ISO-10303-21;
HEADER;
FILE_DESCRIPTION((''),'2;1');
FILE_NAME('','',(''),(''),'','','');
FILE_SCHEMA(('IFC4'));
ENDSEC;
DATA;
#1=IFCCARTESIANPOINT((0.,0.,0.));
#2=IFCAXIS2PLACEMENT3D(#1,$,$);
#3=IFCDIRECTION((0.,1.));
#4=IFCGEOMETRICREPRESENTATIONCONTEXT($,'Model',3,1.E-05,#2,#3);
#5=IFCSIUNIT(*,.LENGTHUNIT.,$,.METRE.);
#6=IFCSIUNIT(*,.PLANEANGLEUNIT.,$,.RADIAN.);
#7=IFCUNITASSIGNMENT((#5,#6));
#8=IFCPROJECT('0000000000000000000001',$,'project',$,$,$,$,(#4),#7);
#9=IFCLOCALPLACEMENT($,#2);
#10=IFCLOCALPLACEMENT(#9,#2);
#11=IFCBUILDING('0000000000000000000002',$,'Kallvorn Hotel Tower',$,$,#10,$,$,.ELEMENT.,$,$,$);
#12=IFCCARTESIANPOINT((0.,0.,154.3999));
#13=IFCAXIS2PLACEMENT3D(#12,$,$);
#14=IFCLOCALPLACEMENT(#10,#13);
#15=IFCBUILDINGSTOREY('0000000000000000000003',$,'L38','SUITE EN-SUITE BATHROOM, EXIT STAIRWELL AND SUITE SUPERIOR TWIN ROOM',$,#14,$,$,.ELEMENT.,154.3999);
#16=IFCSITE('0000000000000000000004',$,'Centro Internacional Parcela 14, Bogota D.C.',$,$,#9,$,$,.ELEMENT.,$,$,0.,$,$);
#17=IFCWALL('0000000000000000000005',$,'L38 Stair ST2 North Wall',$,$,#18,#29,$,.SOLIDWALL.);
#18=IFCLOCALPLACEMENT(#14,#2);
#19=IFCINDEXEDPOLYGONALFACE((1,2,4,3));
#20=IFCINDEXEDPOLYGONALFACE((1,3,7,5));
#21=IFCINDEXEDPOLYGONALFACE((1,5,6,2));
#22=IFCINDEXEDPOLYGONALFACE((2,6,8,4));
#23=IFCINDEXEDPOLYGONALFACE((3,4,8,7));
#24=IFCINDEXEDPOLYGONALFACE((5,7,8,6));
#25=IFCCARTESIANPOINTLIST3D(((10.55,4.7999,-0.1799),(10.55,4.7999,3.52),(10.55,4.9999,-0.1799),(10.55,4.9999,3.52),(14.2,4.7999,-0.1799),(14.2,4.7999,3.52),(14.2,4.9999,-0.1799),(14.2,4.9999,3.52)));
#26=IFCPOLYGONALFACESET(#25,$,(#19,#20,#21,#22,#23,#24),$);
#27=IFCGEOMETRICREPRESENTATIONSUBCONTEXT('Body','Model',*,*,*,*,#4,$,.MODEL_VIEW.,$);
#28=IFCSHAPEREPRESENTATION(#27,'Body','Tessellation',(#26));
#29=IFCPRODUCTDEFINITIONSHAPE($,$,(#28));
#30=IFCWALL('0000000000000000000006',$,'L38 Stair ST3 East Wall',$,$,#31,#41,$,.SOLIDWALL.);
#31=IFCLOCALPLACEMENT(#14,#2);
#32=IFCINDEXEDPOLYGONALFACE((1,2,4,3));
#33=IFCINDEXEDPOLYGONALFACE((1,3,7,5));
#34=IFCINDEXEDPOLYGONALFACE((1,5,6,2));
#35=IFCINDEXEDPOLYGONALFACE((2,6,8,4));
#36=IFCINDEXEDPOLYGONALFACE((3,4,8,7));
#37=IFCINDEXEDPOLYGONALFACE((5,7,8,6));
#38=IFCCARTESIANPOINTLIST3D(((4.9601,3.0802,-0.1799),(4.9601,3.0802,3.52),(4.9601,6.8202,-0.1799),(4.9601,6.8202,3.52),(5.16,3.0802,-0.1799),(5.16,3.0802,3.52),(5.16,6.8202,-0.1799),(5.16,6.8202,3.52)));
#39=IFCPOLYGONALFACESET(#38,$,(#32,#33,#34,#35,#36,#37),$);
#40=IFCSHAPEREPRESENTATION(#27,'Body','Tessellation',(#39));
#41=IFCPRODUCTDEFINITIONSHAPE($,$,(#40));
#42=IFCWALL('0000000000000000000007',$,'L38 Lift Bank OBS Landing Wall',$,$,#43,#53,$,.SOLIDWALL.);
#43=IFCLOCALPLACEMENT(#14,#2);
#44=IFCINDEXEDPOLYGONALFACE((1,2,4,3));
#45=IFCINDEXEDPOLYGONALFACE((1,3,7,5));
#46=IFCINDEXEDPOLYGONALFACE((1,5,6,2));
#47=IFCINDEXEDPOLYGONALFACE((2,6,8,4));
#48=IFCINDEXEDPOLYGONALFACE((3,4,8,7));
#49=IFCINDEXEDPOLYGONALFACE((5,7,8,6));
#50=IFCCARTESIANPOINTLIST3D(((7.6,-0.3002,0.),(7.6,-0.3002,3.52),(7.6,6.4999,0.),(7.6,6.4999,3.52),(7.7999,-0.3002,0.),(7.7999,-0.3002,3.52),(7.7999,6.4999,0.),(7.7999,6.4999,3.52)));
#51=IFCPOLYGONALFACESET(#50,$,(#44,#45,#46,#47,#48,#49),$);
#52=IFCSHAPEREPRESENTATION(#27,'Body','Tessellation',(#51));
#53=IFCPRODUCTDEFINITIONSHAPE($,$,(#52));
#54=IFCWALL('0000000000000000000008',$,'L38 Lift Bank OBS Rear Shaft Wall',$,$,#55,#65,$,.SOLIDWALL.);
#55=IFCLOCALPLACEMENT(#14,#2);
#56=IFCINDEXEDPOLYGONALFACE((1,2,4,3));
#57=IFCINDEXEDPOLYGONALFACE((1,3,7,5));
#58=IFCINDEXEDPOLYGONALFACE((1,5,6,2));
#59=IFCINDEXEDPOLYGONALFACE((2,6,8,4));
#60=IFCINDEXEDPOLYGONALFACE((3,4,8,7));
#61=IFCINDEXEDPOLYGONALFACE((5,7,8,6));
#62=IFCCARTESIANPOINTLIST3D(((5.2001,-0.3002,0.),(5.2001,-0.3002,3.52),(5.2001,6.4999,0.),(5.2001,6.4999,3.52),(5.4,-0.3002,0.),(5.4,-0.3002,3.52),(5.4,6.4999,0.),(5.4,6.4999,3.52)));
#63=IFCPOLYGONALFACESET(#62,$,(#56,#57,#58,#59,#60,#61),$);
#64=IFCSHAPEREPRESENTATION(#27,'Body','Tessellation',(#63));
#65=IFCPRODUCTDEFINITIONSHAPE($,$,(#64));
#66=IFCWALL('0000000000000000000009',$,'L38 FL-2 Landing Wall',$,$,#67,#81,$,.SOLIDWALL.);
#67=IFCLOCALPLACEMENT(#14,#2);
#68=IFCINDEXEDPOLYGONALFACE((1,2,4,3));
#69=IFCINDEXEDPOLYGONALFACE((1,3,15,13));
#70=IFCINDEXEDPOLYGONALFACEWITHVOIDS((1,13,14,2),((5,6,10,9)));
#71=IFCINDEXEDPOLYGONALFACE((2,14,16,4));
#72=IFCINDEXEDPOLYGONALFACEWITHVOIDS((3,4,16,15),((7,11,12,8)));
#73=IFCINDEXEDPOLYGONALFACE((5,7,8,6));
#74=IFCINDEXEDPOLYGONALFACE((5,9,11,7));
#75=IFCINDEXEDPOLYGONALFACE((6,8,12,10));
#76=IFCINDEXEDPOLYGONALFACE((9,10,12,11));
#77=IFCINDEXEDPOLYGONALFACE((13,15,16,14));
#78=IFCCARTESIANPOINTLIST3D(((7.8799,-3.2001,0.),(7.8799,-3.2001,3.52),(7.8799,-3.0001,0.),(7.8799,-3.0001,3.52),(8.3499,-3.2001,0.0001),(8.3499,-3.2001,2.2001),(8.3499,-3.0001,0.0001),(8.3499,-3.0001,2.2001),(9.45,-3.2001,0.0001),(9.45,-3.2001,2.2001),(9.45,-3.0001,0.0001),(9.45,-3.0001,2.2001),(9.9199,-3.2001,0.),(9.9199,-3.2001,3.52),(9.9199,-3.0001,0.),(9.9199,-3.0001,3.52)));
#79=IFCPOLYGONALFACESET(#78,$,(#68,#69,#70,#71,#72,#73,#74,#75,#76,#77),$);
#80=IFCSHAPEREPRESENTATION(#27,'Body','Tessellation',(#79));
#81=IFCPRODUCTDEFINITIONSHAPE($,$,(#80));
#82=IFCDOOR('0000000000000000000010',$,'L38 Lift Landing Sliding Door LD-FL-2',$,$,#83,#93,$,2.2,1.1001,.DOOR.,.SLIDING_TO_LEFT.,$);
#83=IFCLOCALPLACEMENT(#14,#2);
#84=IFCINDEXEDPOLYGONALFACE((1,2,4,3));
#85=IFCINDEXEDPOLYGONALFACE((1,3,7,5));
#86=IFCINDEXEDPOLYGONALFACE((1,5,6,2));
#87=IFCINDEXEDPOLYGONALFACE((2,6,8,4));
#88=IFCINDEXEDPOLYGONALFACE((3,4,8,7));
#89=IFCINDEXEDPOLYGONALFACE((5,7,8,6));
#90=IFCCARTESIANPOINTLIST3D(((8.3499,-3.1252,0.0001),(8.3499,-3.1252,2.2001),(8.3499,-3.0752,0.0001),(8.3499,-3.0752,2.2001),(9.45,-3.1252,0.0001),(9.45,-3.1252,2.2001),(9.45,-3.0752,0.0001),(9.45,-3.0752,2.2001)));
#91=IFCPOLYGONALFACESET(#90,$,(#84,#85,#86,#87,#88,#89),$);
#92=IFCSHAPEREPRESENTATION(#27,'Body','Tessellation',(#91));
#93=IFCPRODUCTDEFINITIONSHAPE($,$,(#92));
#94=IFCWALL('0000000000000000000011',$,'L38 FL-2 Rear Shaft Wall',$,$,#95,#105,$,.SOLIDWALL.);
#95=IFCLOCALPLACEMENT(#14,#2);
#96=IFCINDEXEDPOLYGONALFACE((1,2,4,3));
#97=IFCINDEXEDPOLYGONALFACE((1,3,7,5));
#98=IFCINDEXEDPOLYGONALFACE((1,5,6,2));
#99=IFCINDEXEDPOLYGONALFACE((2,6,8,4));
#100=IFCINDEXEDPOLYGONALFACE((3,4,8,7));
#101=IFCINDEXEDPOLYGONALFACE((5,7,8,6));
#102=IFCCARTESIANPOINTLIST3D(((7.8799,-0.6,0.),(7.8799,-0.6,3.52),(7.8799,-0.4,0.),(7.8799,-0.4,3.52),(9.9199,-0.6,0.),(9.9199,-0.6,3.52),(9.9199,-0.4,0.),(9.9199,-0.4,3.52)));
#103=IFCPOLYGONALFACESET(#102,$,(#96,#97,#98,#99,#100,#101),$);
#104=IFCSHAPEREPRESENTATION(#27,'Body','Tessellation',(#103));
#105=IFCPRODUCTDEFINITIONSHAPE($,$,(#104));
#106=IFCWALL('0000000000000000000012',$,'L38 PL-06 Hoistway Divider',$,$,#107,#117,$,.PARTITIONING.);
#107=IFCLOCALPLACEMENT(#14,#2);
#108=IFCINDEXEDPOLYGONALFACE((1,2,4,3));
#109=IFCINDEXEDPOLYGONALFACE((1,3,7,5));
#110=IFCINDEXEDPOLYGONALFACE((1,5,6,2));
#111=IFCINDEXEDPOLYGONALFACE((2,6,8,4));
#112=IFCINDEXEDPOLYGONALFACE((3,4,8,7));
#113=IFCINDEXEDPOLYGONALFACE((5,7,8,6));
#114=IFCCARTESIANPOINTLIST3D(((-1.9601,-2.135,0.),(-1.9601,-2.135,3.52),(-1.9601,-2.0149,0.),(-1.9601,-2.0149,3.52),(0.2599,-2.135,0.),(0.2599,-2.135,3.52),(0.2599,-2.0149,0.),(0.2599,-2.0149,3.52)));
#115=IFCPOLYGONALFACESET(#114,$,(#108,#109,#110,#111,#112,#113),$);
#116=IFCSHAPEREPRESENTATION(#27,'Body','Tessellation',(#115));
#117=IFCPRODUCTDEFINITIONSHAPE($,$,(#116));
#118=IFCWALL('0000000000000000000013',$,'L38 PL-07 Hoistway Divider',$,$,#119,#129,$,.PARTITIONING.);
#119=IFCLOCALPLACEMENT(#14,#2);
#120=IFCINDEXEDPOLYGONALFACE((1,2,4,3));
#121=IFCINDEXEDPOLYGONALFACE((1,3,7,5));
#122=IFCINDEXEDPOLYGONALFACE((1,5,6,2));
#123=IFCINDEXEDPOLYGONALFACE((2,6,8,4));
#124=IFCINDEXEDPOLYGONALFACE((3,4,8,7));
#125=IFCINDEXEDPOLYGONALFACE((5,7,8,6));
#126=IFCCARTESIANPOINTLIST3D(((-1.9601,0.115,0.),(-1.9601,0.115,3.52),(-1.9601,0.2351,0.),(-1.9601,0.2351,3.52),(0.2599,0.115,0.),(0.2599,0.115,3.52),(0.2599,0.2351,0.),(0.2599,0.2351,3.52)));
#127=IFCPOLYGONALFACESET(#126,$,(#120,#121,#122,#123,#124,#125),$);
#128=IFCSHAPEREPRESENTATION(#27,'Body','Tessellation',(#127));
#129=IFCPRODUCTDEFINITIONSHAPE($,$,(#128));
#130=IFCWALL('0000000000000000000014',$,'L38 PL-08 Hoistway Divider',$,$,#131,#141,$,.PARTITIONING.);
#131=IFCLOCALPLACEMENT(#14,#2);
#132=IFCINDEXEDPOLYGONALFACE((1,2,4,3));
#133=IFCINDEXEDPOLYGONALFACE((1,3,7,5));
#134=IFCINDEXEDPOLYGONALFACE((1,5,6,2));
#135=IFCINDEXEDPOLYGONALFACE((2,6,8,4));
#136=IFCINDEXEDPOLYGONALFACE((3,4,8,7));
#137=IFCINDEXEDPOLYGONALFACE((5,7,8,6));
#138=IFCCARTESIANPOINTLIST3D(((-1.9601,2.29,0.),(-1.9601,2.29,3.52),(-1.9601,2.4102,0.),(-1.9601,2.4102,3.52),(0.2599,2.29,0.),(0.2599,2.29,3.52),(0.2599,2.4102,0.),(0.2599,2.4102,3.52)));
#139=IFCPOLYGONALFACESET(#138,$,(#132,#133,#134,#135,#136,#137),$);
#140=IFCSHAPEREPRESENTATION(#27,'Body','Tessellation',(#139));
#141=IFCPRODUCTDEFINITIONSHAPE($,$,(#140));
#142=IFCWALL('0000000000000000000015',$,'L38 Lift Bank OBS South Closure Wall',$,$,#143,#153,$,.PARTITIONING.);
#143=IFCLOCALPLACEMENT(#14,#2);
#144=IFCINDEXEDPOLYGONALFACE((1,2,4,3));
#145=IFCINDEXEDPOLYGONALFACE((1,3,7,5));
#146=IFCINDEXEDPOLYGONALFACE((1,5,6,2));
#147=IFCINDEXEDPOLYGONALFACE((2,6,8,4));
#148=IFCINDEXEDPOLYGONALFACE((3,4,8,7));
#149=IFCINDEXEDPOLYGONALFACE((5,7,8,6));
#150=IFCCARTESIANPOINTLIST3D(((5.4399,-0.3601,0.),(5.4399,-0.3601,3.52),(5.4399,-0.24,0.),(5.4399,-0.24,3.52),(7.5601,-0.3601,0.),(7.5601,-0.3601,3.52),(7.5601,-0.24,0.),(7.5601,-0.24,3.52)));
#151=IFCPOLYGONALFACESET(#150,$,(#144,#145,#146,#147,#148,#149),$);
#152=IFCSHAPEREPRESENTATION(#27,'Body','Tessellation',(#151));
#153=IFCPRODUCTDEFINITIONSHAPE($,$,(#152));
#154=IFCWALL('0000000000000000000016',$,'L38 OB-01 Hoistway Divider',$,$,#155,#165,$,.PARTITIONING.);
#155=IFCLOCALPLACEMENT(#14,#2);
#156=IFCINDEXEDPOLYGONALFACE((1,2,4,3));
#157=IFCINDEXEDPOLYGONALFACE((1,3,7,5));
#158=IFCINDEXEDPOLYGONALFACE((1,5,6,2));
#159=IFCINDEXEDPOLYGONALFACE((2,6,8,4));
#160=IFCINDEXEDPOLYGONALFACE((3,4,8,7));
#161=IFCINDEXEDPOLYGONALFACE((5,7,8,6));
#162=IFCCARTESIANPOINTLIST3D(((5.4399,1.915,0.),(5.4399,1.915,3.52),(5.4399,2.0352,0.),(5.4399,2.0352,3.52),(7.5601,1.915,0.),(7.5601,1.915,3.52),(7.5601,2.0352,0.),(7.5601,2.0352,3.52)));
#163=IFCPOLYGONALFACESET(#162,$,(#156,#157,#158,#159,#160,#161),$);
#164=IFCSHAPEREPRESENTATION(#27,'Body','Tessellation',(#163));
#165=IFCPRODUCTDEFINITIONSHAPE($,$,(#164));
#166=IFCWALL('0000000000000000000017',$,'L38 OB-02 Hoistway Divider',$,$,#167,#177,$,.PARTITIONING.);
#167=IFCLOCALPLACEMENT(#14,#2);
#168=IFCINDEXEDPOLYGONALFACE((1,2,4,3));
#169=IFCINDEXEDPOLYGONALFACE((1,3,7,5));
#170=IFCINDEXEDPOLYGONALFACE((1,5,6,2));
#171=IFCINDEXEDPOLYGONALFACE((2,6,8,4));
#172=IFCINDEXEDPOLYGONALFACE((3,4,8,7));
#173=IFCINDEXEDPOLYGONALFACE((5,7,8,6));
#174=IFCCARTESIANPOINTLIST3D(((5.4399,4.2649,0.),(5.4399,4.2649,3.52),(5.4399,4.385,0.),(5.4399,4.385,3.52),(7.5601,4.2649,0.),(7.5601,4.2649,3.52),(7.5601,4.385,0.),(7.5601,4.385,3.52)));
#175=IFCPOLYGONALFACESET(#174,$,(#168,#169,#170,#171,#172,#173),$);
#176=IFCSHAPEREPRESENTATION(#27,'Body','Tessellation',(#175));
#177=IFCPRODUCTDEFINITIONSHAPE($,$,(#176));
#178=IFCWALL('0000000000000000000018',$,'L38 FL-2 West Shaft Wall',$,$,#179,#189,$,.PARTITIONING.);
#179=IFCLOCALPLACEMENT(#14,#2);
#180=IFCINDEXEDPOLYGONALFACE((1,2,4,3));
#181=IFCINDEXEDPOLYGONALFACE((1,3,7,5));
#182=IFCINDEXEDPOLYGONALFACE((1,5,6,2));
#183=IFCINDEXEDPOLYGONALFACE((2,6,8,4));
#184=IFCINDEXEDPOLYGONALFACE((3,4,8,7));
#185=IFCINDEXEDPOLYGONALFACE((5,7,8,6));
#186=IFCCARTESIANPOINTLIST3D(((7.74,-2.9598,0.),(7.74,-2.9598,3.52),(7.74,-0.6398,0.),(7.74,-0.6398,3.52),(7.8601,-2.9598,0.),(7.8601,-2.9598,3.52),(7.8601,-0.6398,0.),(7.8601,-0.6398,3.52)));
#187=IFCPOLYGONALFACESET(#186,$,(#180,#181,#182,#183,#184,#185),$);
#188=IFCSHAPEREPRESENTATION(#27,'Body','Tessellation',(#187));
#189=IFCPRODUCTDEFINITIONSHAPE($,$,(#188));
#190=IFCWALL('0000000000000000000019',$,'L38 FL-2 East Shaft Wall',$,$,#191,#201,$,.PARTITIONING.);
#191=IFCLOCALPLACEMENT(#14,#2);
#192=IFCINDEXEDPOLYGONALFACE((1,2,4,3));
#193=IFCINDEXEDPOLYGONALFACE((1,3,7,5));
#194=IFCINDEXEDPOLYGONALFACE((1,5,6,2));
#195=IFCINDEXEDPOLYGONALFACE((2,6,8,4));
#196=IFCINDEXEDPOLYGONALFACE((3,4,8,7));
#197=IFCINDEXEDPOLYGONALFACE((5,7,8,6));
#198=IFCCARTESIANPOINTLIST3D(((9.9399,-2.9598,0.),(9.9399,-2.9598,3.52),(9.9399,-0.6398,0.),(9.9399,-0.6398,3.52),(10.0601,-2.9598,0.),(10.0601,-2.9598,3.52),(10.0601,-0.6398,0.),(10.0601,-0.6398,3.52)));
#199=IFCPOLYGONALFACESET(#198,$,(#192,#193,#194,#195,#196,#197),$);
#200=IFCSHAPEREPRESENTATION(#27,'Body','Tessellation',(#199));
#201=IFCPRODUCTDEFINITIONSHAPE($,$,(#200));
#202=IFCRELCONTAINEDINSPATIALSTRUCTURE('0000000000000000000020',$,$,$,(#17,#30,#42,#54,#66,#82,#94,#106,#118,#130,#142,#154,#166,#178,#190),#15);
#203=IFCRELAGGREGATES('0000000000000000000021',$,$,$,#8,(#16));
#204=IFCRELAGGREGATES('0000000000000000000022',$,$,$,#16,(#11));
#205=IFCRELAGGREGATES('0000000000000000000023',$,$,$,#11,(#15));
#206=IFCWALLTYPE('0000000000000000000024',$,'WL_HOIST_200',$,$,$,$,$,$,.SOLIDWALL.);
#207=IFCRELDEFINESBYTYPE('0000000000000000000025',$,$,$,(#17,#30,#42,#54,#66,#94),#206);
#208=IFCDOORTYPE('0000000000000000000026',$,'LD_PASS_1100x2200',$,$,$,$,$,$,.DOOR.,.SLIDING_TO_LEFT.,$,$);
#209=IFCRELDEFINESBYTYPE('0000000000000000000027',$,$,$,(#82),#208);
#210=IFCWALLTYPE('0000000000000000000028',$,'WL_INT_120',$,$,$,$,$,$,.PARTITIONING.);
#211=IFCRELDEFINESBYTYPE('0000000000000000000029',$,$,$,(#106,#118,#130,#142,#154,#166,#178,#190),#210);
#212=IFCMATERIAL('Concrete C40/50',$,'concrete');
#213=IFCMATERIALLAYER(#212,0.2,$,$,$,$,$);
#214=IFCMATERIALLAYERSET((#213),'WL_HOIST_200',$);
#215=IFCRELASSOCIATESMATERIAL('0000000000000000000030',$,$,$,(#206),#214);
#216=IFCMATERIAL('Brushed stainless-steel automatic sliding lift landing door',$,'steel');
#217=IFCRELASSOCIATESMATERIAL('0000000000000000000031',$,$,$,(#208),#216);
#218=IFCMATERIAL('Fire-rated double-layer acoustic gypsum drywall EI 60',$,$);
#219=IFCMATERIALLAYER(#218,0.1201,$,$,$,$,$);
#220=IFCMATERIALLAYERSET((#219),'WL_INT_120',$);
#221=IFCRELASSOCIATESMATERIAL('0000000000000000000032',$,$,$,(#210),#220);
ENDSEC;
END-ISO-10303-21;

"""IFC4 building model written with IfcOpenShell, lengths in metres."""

from ifc_helpers import new_model, si_unit, direction, frame, frame_2d, origin, place, context, subcontext, project, spatial, rectangle, extrude, material, layer, layer_set, type_object, element, fill, save


model = new_model("IFC4")

# Units and contexts
model_context = context("Model", 3, precision=1e-05, world=origin(), true_north=direction((0.0, 1.0)))
body_context = subcontext(model_context, "Body", "Model", "MODEL_VIEW")
ifc_project = project(units=[si_unit("LENGTHUNIT", "METRE"), si_unit("PLANEANGLEUNIT", "RADIAN")], contexts=[model_context])

# Site, building, storey
site_placement = place(None, origin())
site = spatial("IfcSite", under=ifc_project, at=site_placement, Name="Centro Internacional Parcela 14, Bogota D.C.", CompositionType="ELEMENT", RefElevation=0.0)
building_placement = place(site_placement, origin())
building = spatial("IfcBuilding", under=site, at=building_placement, Name="Kallvorn Hotel Tower", CompositionType="ELEMENT")
storey_placement = place(building_placement, frame((0.0, 0.0, 154.3999)))
storey = spatial("IfcBuildingStorey", under=building, at=storey_placement, Name="L38", Description="SUITE EN-SUITE BATHROOM, EXIT STAIRWELL AND SUITE SUPERIOR TWIN ROOM", CompositionType="ELEMENT", Elevation=154.3999)

# Walls
ifc_material_1 = material(Name="Concrete C40/50", Category="concrete")
ifc_layer_1 = layer(ifc_material_1, 0.2)
ifc_layer_set_1 = layer_set([ifc_layer_1], Name="WL_HOIST_200")
wall_type_1 = type_object("IfcWallType", Name="WL_HOIST_200", PredefinedType="SOLIDWALL", material=ifc_layer_set_1)
wall_1_placement = place(storey_placement, frame((10.55, 4.8999, -0.1799), z_axis=(0.0, 0.0, 1.0), x_axis=(1.0, 0.0, 0.0)))
element("IfcWall", 1, at=wall_1_placement, inside=storey, type_object=wall_type_1, Name="L38 Stair ST2 North Wall", PredefinedType="SOLIDWALL", context=body_context, shape_type="SweptSolid", body=[
    extrude(rectangle(XDim=3.6499, YDim=0.2, at=frame_2d((1.825, 0.0))), origin(), (0.0, 0.0, 1.0), 3.7),
])
wall_2_placement = place(storey_placement, frame((5.0601, 3.0801, -0.1799), z_axis=(0.0, 0.0, 1.0), x_axis=(0.0, 1.0, 0.0)))
element("IfcWall", 2, at=wall_2_placement, inside=storey, type_object=wall_type_1, Name="L38 Stair ST3 East Wall", PredefinedType="SOLIDWALL", context=body_context, shape_type="SweptSolid", body=[
    extrude(rectangle(XDim=3.74, YDim=0.2, at=frame_2d((1.8701, 0.0))), origin(), (0.0, 0.0, 1.0), 3.7),
])
for number, where, z_axis, x_axis, name in (
    (3, (7.7, -0.3, 0.0), (0.0, 0.0, 1.0), (0.0, 1.0, 0.0), "L38 Lift Bank OBS Landing Wall"),
    (4, (5.3, -0.3, 0.0), (0.0, 0.0, 1.0), (0.0, 1.0, 0.0), "L38 Lift Bank OBS Rear Shaft Wall"),
):
    element("IfcWall", number, at=place(storey_placement, frame(where, z_axis=z_axis, x_axis=x_axis)), inside=storey, type_object=wall_type_1, Name=name, PredefinedType="SOLIDWALL", context=body_context, shape_type="SweptSolid", body=[
        extrude(rectangle(XDim=6.8, YDim=0.2, at=frame_2d((3.3999, 0.0))), origin(), (0.0, 0.0, 1.0), 3.52),
    ])

# Wall, opening, door
wall_3_placement = place(storey_placement, frame((7.8799, -3.1001, 0.0), z_axis=(0.0, 0.0, 1.0), x_axis=(1.0, 0.0, 0.0)))
wall_3 = element("IfcWall", 5, at=wall_3_placement, inside=storey, type_object=wall_type_1, Name="L38 FL-2 Landing Wall", PredefinedType="SOLIDWALL", context=body_context, shape_type="SweptSolid", body=[
    extrude(rectangle(XDim=2.04, YDim=0.2, at=frame_2d((1.02, 0.0))), origin(), (0.0, 0.0, 1.0), 3.52),
])
opening_placement = place(wall_3_placement, frame((0.47, 0.0, 0.0)))
opening = element("IfcOpeningElement", 6, at=opening_placement, cuts=wall_3, PredefinedType="OPENING", context=body_context, shape_type="SweptSolid", body=[
    extrude(rectangle(XDim=1.1001, YDim=2.2, at=frame_2d((0.55, 1.1001))), frame((0.0, 0.115, 0.0), z_axis=(0.0, -1.0, 0.0), x_axis=(1.0, 0.0, 0.0)), (0.0, 0.0, 1.0), 0.23),
])
ifc_material_2 = material(Name="Brushed stainless-steel automatic sliding lift landing door", Category="steel")
door_type = type_object("IfcDoorType", Name="LD_PASS_1100x2200", OperationType="SLIDING_TO_LEFT", PredefinedType="DOOR", material=ifc_material_2)
door_placement = place(opening_placement, origin())
door = element("IfcDoor", 7, at=door_placement, inside=storey, type_object=door_type, Name="L38 Lift Landing Sliding Door LD-FL-2", OperationType="SLIDING_TO_LEFT", OverallHeight=2.2, OverallWidth=1.1001, PredefinedType="DOOR", context=body_context, shape_type="SweptSolid", body=[
    extrude(rectangle(XDim=1.1001, YDim=2.2, at=frame_2d((0.55, 1.1001))), frame((0.0, 0.0249, 0.0), z_axis=(0.0, -1.0, 0.0), x_axis=(1.0, 0.0, 0.0)), (0.0, 0.0, 1.0), 0.05),
])
fill(opening, door)

# Walls
wall_4_placement = place(storey_placement, frame((7.8799, -0.5, 0.0), z_axis=(0.0, 0.0, 1.0), x_axis=(1.0, 0.0, 0.0)))
element("IfcWall", 8, at=wall_4_placement, inside=storey, type_object=wall_type_1, Name="L38 FL-2 Rear Shaft Wall", PredefinedType="SOLIDWALL", context=body_context, shape_type="SweptSolid", body=[
    extrude(rectangle(XDim=2.04, YDim=0.2, at=frame_2d((1.02, 0.0))), origin(), (0.0, 0.0, 1.0), 3.52),
])
ifc_material_3 = material(Name="Fire-rated double-layer acoustic gypsum drywall EI 60")
ifc_layer_2 = layer(ifc_material_3, 0.1201)
ifc_layer_set_2 = layer_set([ifc_layer_2], Name="WL_INT_120")
wall_type_2 = type_object("IfcWallType", Name="WL_INT_120", PredefinedType="PARTITIONING", material=ifc_layer_set_2)
for number, where, z_axis, x_axis, name in (
    (9, (-1.96, -2.075, 0.0), (0.0, 0.0, 1.0), (1.0, 0.0, 0.0), "L38 PL-06 Hoistway Divider"),
    (10, (-1.96, 0.175, 0.0), (0.0, 0.0, 1.0), (1.0, 0.0, 0.0), "L38 PL-07 Hoistway Divider"),
    (11, (-1.96, 2.3501, 0.0), (0.0, 0.0, 1.0), (1.0, 0.0, 0.0), "L38 PL-08 Hoistway Divider"),
):
    element("IfcWall", number, at=place(storey_placement, frame(where, z_axis=z_axis, x_axis=x_axis)), inside=storey, type_object=wall_type_2, Name=name, PredefinedType="PARTITIONING", context=body_context, shape_type="SweptSolid", body=[
        extrude(rectangle(XDim=2.22, YDim=0.1201, at=frame_2d((1.1099, 0.0))), origin(), (0.0, 0.0, 1.0), 3.52),
    ])
for number, where, z_axis, x_axis, name in (
    (12, (5.4399, -0.3, 0.0), (0.0, 0.0, 1.0), (1.0, 0.0, 0.0), "L38 Lift Bank OBS South Closure Wall"),
    (13, (5.4399, 1.9751, 0.0), (0.0, 0.0, 1.0), (1.0, 0.0, 0.0), "L38 OB-01 Hoistway Divider"),
    (14, (5.4399, 4.325, 0.0), (0.0, 0.0, 1.0), (1.0, 0.0, 0.0), "L38 OB-02 Hoistway Divider"),
):
    element("IfcWall", number, at=place(storey_placement, frame(where, z_axis=z_axis, x_axis=x_axis)), inside=storey, type_object=wall_type_2, Name=name, PredefinedType="PARTITIONING", context=body_context, shape_type="SweptSolid", body=[
        extrude(rectangle(XDim=2.1201, YDim=0.1201, at=frame_2d((1.0601, 0.0))), origin(), (0.0, 0.0, 1.0), 3.52),
    ])
for number, where, z_axis, x_axis, name in (
    (15, (7.8, -2.96, 0.0), (0.0, 0.0, 1.0), (0.0, 1.0, 0.0), "L38 FL-2 West Shaft Wall"),
    (16, (10.0, -2.96, 0.0), (0.0, 0.0, 1.0), (0.0, 1.0, 0.0), "L38 FL-2 East Shaft Wall"),
):
    element("IfcWall", number, at=place(storey_placement, frame(where, z_axis=z_axis, x_axis=x_axis)), inside=storey, type_object=wall_type_2, Name=name, PredefinedType="PARTITIONING", context=body_context, shape_type="SweptSolid", body=[
        extrude(rectangle(XDim=2.3201, YDim=0.1201, at=frame_2d((1.1602, 0.0))), origin(), (0.0, 0.0, 1.0), 3.52),
    ])

save(model, "model.ifc")
